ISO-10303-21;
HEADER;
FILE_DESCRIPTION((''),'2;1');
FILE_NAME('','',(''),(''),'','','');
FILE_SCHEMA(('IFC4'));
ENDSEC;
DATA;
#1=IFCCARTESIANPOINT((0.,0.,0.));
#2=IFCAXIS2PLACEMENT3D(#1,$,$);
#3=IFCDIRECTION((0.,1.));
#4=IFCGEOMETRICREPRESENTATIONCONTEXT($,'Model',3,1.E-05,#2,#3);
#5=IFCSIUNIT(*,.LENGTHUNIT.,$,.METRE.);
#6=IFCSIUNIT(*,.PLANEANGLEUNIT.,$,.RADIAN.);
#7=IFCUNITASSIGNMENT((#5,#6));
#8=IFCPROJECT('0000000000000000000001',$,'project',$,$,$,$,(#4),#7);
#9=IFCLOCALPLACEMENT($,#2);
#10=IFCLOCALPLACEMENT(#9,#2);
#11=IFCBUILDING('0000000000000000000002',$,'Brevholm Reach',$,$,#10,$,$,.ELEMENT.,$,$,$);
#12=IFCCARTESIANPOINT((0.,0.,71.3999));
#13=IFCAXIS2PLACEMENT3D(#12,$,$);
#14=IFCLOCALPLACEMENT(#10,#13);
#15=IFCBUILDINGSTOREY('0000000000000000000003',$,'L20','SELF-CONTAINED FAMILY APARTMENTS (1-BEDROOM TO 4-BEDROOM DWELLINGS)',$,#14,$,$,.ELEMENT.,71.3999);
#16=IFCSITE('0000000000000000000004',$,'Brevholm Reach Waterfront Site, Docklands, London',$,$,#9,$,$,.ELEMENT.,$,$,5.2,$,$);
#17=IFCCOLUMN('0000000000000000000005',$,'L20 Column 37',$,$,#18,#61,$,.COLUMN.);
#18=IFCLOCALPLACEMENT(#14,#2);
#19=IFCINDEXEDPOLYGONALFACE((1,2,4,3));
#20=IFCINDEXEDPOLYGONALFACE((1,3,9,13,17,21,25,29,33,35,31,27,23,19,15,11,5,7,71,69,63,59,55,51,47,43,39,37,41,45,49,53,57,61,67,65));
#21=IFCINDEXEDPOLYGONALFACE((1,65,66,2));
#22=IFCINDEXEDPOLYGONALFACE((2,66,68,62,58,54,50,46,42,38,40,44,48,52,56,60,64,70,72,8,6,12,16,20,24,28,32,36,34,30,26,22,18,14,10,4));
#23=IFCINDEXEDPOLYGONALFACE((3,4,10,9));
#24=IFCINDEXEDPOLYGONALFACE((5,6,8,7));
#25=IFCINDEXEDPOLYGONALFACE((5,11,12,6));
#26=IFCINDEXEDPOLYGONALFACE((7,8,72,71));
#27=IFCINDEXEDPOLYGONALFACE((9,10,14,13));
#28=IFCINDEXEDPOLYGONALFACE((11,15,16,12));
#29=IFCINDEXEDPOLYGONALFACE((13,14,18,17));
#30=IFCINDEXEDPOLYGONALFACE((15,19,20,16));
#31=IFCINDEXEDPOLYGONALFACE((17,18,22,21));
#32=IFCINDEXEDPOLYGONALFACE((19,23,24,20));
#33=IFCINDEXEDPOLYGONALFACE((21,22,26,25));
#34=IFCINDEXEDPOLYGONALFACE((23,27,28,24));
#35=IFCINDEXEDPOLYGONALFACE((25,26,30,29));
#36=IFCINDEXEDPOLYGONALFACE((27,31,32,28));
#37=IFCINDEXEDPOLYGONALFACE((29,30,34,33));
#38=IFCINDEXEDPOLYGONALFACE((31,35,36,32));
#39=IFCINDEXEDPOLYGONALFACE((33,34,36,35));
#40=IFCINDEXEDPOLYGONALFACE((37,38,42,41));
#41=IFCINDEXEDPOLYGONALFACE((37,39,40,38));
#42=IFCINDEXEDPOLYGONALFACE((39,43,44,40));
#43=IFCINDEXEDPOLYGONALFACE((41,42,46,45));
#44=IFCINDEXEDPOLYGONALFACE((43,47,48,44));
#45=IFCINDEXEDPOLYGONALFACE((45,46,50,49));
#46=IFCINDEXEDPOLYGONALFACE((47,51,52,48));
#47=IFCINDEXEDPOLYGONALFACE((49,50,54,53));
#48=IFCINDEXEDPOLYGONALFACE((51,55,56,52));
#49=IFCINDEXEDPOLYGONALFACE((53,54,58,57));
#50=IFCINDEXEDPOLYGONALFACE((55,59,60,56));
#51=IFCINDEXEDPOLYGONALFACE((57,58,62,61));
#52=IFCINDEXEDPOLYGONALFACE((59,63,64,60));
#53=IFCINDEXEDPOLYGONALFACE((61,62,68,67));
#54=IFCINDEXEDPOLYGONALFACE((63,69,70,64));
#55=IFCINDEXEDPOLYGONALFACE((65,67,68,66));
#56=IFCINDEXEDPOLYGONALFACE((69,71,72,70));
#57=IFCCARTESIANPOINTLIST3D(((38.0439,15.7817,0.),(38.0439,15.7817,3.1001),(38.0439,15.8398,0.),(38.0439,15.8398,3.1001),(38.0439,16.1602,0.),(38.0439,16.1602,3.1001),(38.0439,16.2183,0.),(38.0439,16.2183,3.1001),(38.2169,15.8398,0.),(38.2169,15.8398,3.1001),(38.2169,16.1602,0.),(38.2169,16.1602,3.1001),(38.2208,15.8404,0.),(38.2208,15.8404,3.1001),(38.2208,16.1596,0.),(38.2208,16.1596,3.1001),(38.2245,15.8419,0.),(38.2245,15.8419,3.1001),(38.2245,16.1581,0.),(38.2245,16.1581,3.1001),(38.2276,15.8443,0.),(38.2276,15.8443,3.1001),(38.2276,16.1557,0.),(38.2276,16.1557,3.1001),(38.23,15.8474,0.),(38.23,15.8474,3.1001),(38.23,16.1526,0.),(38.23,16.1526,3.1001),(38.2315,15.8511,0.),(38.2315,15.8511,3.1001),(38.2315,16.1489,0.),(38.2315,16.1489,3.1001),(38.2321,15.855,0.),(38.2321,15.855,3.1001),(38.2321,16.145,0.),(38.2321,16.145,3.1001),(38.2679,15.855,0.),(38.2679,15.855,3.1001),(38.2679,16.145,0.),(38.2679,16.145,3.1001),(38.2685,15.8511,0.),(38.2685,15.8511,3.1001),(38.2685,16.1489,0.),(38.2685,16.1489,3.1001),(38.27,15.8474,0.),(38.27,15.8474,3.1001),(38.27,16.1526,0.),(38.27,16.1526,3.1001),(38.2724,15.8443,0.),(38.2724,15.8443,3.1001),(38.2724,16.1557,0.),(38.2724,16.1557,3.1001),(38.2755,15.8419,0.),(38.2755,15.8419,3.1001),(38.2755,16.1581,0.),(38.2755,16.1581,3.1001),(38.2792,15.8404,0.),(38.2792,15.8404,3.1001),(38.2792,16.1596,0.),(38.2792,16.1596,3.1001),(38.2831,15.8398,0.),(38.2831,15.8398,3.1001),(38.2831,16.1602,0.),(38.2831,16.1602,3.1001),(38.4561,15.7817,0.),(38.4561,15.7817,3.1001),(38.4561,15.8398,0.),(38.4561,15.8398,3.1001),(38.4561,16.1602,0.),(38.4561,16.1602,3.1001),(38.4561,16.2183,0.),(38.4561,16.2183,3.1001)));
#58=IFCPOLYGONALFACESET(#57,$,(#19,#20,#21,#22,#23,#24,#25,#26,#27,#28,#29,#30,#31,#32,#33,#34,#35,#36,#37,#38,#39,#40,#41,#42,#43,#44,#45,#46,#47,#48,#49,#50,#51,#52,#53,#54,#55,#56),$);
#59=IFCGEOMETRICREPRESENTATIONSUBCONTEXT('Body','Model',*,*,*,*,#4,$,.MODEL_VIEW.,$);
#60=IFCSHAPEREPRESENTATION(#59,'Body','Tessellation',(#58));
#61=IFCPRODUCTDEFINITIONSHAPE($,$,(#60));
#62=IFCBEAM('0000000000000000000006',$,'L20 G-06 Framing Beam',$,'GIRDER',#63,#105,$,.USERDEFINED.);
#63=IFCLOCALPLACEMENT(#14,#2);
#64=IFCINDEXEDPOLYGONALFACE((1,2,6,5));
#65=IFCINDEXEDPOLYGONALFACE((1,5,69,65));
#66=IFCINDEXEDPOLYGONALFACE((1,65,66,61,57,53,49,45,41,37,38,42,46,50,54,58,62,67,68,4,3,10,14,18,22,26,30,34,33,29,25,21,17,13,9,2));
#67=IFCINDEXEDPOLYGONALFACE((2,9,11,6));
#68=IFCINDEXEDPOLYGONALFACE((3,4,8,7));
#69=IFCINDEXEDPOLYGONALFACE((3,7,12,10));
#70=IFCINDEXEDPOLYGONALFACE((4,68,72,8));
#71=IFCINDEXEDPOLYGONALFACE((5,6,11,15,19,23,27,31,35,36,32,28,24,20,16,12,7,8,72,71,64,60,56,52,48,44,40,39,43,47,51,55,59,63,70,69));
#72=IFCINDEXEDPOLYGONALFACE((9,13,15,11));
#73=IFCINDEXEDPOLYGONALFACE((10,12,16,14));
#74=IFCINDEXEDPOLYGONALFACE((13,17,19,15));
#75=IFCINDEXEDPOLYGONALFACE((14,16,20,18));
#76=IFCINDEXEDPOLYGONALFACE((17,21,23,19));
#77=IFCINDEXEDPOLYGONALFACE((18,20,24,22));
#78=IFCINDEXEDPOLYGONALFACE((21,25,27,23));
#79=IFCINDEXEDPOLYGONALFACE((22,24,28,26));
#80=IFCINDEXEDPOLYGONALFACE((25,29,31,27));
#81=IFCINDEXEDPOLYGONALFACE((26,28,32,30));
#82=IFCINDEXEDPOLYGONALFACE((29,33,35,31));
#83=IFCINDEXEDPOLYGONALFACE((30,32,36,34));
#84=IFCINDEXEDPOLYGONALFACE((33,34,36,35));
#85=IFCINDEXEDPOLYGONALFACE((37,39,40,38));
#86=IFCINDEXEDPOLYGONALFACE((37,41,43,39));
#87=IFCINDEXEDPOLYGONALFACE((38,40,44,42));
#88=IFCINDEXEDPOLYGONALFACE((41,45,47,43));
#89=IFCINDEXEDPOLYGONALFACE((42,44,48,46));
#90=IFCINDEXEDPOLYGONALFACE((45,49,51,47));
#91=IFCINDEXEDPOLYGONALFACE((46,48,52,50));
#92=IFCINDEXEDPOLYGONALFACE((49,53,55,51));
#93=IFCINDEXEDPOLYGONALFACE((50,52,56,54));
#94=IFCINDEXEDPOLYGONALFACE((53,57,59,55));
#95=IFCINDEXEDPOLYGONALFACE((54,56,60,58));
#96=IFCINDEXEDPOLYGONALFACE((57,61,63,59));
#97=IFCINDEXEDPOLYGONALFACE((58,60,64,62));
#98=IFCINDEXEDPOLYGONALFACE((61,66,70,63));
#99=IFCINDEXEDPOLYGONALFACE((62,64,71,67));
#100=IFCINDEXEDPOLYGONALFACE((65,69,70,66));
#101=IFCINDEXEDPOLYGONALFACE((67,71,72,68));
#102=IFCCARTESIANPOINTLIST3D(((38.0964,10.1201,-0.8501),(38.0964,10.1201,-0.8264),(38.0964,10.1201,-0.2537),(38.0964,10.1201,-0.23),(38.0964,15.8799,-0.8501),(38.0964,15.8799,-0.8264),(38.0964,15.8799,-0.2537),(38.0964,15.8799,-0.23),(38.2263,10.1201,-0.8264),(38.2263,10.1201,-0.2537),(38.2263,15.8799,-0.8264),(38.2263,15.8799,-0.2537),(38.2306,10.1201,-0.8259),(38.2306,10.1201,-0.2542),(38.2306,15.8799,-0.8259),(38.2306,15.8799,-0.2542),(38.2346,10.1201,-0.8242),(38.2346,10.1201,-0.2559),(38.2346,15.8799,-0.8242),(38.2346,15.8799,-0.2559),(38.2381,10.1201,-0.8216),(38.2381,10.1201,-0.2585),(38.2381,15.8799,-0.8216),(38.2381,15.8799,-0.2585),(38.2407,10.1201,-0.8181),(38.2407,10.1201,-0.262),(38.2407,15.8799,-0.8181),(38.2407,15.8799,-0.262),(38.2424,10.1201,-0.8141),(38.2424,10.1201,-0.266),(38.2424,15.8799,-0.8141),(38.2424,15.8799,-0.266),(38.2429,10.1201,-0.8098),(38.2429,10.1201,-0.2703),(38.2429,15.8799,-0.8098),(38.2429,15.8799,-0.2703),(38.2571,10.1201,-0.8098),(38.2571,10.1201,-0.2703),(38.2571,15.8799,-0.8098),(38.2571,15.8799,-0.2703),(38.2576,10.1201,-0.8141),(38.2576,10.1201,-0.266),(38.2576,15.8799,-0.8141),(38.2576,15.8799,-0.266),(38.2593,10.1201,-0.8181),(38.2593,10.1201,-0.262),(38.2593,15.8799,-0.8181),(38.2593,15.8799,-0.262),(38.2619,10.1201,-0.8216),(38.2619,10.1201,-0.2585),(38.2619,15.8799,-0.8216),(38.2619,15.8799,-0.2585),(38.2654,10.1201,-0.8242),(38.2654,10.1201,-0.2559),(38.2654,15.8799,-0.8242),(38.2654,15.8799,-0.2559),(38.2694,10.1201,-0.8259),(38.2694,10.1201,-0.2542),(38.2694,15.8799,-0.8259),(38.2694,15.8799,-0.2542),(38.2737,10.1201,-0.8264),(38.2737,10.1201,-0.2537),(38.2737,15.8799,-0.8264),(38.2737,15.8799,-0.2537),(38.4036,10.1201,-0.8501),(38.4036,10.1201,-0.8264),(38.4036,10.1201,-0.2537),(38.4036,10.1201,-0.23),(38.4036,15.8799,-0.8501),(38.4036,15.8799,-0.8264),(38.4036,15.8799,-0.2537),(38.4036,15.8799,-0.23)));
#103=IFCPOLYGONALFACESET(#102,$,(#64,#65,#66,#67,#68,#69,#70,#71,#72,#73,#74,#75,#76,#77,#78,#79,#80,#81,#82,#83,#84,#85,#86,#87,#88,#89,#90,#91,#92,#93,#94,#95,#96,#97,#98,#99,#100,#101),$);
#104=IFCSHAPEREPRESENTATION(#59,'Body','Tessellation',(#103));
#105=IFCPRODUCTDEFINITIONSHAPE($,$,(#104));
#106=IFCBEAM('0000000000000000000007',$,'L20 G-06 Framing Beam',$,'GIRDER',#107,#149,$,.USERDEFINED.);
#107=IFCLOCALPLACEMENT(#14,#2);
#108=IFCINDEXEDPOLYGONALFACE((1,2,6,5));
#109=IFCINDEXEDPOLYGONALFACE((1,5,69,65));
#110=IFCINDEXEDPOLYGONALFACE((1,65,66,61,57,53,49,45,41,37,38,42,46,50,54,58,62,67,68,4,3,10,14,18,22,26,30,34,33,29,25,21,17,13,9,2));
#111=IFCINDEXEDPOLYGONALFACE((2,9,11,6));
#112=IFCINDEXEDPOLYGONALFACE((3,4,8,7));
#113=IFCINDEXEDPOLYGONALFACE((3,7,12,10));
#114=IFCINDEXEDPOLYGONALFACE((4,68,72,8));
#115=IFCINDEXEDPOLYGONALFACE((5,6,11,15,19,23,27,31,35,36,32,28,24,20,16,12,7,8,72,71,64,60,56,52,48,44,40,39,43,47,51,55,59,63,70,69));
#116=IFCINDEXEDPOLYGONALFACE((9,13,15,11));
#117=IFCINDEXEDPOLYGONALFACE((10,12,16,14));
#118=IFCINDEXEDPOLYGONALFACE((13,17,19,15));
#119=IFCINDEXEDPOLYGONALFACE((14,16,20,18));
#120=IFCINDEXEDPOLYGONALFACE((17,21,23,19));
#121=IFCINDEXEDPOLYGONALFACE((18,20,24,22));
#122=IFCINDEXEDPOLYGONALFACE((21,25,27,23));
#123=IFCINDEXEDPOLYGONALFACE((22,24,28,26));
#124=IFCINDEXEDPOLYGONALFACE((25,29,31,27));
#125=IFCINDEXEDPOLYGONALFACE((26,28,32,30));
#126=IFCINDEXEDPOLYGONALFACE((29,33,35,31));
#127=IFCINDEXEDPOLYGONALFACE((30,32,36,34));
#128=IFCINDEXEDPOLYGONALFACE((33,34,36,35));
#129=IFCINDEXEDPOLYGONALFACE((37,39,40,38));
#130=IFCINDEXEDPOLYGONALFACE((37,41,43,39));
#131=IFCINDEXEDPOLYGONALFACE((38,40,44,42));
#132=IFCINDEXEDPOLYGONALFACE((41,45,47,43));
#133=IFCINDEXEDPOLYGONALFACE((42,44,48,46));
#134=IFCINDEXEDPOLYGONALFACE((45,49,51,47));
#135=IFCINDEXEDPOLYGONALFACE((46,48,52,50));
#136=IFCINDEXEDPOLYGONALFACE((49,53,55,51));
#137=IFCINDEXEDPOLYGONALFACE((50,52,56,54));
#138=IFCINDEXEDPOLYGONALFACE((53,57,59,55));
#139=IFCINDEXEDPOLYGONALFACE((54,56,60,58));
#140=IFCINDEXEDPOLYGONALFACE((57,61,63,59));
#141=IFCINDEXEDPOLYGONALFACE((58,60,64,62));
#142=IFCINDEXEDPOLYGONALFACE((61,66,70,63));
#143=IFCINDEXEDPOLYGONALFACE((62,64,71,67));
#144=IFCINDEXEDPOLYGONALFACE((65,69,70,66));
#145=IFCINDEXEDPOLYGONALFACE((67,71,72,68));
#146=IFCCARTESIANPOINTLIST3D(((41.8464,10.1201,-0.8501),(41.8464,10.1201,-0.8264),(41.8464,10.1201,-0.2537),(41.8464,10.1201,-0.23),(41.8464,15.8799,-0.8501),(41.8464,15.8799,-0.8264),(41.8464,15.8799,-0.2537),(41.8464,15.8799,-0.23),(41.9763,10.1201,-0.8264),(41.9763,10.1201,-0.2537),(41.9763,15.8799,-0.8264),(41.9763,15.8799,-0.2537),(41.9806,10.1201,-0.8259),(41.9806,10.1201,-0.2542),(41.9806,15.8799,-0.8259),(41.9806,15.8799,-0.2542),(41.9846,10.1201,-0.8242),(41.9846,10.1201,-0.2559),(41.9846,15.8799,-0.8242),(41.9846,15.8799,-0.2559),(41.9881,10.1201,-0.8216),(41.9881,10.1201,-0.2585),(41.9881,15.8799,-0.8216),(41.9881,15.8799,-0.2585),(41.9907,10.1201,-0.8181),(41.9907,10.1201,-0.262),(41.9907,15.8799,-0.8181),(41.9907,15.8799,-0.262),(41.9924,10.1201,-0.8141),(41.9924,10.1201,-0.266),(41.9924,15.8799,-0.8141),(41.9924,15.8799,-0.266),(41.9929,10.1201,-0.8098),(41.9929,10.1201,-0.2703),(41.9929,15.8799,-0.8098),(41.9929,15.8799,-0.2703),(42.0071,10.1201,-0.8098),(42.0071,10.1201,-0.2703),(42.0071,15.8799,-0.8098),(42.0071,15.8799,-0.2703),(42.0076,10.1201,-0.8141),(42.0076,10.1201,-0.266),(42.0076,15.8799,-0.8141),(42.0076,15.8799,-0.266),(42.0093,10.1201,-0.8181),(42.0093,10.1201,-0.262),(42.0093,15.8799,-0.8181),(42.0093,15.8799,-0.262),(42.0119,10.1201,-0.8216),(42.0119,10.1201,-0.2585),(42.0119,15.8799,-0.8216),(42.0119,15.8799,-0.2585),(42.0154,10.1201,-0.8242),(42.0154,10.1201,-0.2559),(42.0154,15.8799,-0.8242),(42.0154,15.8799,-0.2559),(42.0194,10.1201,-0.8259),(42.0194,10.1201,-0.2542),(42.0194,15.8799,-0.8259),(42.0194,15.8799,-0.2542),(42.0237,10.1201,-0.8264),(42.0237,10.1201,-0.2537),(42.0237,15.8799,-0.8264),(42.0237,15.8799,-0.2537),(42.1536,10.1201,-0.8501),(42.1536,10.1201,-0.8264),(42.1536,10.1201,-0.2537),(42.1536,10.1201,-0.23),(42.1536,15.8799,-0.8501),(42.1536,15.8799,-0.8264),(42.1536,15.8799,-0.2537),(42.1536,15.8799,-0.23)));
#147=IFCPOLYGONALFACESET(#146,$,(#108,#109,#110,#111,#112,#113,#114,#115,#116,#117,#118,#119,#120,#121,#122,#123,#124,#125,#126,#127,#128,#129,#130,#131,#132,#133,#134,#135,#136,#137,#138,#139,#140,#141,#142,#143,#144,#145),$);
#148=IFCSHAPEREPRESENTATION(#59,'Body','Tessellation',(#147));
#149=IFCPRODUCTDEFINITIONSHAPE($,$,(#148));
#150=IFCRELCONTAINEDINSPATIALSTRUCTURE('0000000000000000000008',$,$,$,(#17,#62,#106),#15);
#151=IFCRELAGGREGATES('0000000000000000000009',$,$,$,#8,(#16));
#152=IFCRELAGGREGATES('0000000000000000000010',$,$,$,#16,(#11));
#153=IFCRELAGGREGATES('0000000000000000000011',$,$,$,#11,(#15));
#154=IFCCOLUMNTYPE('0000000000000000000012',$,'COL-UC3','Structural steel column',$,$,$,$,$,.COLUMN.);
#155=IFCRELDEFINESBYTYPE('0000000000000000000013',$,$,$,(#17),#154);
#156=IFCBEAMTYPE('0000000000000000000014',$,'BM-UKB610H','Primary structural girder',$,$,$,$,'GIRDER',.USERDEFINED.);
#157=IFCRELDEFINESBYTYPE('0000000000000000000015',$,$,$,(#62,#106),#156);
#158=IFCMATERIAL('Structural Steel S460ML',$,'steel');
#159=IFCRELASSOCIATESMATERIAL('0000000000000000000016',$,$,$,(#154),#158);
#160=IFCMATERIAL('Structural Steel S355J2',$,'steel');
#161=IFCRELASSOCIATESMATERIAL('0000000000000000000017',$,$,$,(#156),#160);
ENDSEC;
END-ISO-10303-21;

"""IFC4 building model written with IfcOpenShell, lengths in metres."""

from ifc_helpers import new_model, si_unit, direction, frame, origin, origin_2d, place, context, subcontext, project, spatial, i_section, extrude, material, material_profile, profile_set, type_object, element, save


model = new_model("IFC4")

# Units and contexts
model_context = context("Model", 3, precision=1e-05, world=origin(), true_north=direction((0.0, 1.0)))
body_context = subcontext(model_context, "Body", "Model", "MODEL_VIEW")
ifc_project = project(units=[si_unit("LENGTHUNIT", "METRE"), si_unit("PLANEANGLEUNIT", "RADIAN")], contexts=[model_context])

# Site, building, storey
site_placement = place(None, origin())
site = spatial("IfcSite", under=ifc_project, at=site_placement, Name="Brevholm Reach Waterfront Site, Docklands, London", CompositionType="ELEMENT", RefElevation=5.2)
building_placement = place(site_placement, origin())
building = spatial("IfcBuilding", under=site, at=building_placement, Name="Brevholm Reach", CompositionType="ELEMENT")
storey_placement = place(building_placement, frame((0.0, 0.0, 71.3999)))
storey = spatial("IfcBuildingStorey", under=building, at=storey_placement, Name="L20", Description="SELF-CONTAINED FAMILY APARTMENTS (1-BEDROOM TO 4-BEDROOM DWELLINGS)", CompositionType="ELEMENT", Elevation=71.3999)

# Column
ifc_material_1 = material(Name="Structural Steel S460ML", Category="steel")
ifc_material_profile_1 = material_profile(ifc_material_1, i_section(OverallWidth=0.4121, OverallDepth=0.4365, WebThickness=0.0359, FlangeThickness=0.0581, FilletRadius=0.0151, at=origin_2d()), Name="UKC 356x406x467")
ifc_profile_set_1 = profile_set([ifc_material_profile_1], Name="Structural Steel S460ML")
column_type = type_object("IfcColumnType", Name="COL-UC3", Description="Structural steel column", PredefinedType="COLUMN", material=ifc_profile_set_1)
column_placement = place(storey_placement, frame((38.25, 16.0, 0.0), z_axis=(0.0, 0.0, 1.0), x_axis=(1.0, 0.0, 0.0)))
element("IfcColumn", 1, at=column_placement, inside=storey, type_object=column_type, Name="L20 Column 37", PredefinedType="COLUMN", context=body_context, shape_type="SweptSolid", body=[
    extrude(i_section(OverallWidth=0.4121, OverallDepth=0.4365, WebThickness=0.0359, FlangeThickness=0.0581, FilletRadius=0.0151, at=origin_2d()), origin(), (0.0, 0.0, 1.0), 3.1001),
])

# Beams
ifc_material_2 = material(Name="Structural Steel S355J2", Category="steel")
ifc_material_profile_2 = material_profile(ifc_material_2, i_section(OverallWidth=0.3071, OverallDepth=0.6201, WebThickness=0.0142, FlangeThickness=0.0237, FilletRadius=0.0166, at=origin_2d()), Name="UKB 610x305x179")
ifc_profile_set_2 = profile_set([ifc_material_profile_2], Name="Structural Steel S355J2")
beam_type = type_object("IfcBeamType", Name="BM-UKB610H", Description="Primary structural girder", ElementType="GIRDER", PredefinedType="USERDEFINED", material=ifc_profile_set_2)
for number, where, z_axis, x_axis, name in (
    (2, (38.25, 10.1201, -0.54), (0.0, 1.0, 0.0), (-1.0, 0.0, 0.0), "L20 G-06 Framing Beam"),
    (3, (42.0, 10.1201, -0.54), (0.0, 1.0, 0.0), (-1.0, 0.0, 0.0), "L20 G-06 Framing Beam"),
):
    element("IfcBeam", number, at=place(storey_placement, frame(where, z_axis=z_axis, x_axis=x_axis)), inside=storey, type_object=beam_type, Name=name, ObjectType="GIRDER", PredefinedType="USERDEFINED", context=body_context, shape_type="SweptSolid", body=[
        extrude(i_section(OverallWidth=0.3071, OverallDepth=0.6201, WebThickness=0.0142, FlangeThickness=0.0237, FilletRadius=0.0166, at=origin_2d()), origin(), (0.0, 0.0, 1.0), 5.7598),
    ])

save(model, "model.ifc")
